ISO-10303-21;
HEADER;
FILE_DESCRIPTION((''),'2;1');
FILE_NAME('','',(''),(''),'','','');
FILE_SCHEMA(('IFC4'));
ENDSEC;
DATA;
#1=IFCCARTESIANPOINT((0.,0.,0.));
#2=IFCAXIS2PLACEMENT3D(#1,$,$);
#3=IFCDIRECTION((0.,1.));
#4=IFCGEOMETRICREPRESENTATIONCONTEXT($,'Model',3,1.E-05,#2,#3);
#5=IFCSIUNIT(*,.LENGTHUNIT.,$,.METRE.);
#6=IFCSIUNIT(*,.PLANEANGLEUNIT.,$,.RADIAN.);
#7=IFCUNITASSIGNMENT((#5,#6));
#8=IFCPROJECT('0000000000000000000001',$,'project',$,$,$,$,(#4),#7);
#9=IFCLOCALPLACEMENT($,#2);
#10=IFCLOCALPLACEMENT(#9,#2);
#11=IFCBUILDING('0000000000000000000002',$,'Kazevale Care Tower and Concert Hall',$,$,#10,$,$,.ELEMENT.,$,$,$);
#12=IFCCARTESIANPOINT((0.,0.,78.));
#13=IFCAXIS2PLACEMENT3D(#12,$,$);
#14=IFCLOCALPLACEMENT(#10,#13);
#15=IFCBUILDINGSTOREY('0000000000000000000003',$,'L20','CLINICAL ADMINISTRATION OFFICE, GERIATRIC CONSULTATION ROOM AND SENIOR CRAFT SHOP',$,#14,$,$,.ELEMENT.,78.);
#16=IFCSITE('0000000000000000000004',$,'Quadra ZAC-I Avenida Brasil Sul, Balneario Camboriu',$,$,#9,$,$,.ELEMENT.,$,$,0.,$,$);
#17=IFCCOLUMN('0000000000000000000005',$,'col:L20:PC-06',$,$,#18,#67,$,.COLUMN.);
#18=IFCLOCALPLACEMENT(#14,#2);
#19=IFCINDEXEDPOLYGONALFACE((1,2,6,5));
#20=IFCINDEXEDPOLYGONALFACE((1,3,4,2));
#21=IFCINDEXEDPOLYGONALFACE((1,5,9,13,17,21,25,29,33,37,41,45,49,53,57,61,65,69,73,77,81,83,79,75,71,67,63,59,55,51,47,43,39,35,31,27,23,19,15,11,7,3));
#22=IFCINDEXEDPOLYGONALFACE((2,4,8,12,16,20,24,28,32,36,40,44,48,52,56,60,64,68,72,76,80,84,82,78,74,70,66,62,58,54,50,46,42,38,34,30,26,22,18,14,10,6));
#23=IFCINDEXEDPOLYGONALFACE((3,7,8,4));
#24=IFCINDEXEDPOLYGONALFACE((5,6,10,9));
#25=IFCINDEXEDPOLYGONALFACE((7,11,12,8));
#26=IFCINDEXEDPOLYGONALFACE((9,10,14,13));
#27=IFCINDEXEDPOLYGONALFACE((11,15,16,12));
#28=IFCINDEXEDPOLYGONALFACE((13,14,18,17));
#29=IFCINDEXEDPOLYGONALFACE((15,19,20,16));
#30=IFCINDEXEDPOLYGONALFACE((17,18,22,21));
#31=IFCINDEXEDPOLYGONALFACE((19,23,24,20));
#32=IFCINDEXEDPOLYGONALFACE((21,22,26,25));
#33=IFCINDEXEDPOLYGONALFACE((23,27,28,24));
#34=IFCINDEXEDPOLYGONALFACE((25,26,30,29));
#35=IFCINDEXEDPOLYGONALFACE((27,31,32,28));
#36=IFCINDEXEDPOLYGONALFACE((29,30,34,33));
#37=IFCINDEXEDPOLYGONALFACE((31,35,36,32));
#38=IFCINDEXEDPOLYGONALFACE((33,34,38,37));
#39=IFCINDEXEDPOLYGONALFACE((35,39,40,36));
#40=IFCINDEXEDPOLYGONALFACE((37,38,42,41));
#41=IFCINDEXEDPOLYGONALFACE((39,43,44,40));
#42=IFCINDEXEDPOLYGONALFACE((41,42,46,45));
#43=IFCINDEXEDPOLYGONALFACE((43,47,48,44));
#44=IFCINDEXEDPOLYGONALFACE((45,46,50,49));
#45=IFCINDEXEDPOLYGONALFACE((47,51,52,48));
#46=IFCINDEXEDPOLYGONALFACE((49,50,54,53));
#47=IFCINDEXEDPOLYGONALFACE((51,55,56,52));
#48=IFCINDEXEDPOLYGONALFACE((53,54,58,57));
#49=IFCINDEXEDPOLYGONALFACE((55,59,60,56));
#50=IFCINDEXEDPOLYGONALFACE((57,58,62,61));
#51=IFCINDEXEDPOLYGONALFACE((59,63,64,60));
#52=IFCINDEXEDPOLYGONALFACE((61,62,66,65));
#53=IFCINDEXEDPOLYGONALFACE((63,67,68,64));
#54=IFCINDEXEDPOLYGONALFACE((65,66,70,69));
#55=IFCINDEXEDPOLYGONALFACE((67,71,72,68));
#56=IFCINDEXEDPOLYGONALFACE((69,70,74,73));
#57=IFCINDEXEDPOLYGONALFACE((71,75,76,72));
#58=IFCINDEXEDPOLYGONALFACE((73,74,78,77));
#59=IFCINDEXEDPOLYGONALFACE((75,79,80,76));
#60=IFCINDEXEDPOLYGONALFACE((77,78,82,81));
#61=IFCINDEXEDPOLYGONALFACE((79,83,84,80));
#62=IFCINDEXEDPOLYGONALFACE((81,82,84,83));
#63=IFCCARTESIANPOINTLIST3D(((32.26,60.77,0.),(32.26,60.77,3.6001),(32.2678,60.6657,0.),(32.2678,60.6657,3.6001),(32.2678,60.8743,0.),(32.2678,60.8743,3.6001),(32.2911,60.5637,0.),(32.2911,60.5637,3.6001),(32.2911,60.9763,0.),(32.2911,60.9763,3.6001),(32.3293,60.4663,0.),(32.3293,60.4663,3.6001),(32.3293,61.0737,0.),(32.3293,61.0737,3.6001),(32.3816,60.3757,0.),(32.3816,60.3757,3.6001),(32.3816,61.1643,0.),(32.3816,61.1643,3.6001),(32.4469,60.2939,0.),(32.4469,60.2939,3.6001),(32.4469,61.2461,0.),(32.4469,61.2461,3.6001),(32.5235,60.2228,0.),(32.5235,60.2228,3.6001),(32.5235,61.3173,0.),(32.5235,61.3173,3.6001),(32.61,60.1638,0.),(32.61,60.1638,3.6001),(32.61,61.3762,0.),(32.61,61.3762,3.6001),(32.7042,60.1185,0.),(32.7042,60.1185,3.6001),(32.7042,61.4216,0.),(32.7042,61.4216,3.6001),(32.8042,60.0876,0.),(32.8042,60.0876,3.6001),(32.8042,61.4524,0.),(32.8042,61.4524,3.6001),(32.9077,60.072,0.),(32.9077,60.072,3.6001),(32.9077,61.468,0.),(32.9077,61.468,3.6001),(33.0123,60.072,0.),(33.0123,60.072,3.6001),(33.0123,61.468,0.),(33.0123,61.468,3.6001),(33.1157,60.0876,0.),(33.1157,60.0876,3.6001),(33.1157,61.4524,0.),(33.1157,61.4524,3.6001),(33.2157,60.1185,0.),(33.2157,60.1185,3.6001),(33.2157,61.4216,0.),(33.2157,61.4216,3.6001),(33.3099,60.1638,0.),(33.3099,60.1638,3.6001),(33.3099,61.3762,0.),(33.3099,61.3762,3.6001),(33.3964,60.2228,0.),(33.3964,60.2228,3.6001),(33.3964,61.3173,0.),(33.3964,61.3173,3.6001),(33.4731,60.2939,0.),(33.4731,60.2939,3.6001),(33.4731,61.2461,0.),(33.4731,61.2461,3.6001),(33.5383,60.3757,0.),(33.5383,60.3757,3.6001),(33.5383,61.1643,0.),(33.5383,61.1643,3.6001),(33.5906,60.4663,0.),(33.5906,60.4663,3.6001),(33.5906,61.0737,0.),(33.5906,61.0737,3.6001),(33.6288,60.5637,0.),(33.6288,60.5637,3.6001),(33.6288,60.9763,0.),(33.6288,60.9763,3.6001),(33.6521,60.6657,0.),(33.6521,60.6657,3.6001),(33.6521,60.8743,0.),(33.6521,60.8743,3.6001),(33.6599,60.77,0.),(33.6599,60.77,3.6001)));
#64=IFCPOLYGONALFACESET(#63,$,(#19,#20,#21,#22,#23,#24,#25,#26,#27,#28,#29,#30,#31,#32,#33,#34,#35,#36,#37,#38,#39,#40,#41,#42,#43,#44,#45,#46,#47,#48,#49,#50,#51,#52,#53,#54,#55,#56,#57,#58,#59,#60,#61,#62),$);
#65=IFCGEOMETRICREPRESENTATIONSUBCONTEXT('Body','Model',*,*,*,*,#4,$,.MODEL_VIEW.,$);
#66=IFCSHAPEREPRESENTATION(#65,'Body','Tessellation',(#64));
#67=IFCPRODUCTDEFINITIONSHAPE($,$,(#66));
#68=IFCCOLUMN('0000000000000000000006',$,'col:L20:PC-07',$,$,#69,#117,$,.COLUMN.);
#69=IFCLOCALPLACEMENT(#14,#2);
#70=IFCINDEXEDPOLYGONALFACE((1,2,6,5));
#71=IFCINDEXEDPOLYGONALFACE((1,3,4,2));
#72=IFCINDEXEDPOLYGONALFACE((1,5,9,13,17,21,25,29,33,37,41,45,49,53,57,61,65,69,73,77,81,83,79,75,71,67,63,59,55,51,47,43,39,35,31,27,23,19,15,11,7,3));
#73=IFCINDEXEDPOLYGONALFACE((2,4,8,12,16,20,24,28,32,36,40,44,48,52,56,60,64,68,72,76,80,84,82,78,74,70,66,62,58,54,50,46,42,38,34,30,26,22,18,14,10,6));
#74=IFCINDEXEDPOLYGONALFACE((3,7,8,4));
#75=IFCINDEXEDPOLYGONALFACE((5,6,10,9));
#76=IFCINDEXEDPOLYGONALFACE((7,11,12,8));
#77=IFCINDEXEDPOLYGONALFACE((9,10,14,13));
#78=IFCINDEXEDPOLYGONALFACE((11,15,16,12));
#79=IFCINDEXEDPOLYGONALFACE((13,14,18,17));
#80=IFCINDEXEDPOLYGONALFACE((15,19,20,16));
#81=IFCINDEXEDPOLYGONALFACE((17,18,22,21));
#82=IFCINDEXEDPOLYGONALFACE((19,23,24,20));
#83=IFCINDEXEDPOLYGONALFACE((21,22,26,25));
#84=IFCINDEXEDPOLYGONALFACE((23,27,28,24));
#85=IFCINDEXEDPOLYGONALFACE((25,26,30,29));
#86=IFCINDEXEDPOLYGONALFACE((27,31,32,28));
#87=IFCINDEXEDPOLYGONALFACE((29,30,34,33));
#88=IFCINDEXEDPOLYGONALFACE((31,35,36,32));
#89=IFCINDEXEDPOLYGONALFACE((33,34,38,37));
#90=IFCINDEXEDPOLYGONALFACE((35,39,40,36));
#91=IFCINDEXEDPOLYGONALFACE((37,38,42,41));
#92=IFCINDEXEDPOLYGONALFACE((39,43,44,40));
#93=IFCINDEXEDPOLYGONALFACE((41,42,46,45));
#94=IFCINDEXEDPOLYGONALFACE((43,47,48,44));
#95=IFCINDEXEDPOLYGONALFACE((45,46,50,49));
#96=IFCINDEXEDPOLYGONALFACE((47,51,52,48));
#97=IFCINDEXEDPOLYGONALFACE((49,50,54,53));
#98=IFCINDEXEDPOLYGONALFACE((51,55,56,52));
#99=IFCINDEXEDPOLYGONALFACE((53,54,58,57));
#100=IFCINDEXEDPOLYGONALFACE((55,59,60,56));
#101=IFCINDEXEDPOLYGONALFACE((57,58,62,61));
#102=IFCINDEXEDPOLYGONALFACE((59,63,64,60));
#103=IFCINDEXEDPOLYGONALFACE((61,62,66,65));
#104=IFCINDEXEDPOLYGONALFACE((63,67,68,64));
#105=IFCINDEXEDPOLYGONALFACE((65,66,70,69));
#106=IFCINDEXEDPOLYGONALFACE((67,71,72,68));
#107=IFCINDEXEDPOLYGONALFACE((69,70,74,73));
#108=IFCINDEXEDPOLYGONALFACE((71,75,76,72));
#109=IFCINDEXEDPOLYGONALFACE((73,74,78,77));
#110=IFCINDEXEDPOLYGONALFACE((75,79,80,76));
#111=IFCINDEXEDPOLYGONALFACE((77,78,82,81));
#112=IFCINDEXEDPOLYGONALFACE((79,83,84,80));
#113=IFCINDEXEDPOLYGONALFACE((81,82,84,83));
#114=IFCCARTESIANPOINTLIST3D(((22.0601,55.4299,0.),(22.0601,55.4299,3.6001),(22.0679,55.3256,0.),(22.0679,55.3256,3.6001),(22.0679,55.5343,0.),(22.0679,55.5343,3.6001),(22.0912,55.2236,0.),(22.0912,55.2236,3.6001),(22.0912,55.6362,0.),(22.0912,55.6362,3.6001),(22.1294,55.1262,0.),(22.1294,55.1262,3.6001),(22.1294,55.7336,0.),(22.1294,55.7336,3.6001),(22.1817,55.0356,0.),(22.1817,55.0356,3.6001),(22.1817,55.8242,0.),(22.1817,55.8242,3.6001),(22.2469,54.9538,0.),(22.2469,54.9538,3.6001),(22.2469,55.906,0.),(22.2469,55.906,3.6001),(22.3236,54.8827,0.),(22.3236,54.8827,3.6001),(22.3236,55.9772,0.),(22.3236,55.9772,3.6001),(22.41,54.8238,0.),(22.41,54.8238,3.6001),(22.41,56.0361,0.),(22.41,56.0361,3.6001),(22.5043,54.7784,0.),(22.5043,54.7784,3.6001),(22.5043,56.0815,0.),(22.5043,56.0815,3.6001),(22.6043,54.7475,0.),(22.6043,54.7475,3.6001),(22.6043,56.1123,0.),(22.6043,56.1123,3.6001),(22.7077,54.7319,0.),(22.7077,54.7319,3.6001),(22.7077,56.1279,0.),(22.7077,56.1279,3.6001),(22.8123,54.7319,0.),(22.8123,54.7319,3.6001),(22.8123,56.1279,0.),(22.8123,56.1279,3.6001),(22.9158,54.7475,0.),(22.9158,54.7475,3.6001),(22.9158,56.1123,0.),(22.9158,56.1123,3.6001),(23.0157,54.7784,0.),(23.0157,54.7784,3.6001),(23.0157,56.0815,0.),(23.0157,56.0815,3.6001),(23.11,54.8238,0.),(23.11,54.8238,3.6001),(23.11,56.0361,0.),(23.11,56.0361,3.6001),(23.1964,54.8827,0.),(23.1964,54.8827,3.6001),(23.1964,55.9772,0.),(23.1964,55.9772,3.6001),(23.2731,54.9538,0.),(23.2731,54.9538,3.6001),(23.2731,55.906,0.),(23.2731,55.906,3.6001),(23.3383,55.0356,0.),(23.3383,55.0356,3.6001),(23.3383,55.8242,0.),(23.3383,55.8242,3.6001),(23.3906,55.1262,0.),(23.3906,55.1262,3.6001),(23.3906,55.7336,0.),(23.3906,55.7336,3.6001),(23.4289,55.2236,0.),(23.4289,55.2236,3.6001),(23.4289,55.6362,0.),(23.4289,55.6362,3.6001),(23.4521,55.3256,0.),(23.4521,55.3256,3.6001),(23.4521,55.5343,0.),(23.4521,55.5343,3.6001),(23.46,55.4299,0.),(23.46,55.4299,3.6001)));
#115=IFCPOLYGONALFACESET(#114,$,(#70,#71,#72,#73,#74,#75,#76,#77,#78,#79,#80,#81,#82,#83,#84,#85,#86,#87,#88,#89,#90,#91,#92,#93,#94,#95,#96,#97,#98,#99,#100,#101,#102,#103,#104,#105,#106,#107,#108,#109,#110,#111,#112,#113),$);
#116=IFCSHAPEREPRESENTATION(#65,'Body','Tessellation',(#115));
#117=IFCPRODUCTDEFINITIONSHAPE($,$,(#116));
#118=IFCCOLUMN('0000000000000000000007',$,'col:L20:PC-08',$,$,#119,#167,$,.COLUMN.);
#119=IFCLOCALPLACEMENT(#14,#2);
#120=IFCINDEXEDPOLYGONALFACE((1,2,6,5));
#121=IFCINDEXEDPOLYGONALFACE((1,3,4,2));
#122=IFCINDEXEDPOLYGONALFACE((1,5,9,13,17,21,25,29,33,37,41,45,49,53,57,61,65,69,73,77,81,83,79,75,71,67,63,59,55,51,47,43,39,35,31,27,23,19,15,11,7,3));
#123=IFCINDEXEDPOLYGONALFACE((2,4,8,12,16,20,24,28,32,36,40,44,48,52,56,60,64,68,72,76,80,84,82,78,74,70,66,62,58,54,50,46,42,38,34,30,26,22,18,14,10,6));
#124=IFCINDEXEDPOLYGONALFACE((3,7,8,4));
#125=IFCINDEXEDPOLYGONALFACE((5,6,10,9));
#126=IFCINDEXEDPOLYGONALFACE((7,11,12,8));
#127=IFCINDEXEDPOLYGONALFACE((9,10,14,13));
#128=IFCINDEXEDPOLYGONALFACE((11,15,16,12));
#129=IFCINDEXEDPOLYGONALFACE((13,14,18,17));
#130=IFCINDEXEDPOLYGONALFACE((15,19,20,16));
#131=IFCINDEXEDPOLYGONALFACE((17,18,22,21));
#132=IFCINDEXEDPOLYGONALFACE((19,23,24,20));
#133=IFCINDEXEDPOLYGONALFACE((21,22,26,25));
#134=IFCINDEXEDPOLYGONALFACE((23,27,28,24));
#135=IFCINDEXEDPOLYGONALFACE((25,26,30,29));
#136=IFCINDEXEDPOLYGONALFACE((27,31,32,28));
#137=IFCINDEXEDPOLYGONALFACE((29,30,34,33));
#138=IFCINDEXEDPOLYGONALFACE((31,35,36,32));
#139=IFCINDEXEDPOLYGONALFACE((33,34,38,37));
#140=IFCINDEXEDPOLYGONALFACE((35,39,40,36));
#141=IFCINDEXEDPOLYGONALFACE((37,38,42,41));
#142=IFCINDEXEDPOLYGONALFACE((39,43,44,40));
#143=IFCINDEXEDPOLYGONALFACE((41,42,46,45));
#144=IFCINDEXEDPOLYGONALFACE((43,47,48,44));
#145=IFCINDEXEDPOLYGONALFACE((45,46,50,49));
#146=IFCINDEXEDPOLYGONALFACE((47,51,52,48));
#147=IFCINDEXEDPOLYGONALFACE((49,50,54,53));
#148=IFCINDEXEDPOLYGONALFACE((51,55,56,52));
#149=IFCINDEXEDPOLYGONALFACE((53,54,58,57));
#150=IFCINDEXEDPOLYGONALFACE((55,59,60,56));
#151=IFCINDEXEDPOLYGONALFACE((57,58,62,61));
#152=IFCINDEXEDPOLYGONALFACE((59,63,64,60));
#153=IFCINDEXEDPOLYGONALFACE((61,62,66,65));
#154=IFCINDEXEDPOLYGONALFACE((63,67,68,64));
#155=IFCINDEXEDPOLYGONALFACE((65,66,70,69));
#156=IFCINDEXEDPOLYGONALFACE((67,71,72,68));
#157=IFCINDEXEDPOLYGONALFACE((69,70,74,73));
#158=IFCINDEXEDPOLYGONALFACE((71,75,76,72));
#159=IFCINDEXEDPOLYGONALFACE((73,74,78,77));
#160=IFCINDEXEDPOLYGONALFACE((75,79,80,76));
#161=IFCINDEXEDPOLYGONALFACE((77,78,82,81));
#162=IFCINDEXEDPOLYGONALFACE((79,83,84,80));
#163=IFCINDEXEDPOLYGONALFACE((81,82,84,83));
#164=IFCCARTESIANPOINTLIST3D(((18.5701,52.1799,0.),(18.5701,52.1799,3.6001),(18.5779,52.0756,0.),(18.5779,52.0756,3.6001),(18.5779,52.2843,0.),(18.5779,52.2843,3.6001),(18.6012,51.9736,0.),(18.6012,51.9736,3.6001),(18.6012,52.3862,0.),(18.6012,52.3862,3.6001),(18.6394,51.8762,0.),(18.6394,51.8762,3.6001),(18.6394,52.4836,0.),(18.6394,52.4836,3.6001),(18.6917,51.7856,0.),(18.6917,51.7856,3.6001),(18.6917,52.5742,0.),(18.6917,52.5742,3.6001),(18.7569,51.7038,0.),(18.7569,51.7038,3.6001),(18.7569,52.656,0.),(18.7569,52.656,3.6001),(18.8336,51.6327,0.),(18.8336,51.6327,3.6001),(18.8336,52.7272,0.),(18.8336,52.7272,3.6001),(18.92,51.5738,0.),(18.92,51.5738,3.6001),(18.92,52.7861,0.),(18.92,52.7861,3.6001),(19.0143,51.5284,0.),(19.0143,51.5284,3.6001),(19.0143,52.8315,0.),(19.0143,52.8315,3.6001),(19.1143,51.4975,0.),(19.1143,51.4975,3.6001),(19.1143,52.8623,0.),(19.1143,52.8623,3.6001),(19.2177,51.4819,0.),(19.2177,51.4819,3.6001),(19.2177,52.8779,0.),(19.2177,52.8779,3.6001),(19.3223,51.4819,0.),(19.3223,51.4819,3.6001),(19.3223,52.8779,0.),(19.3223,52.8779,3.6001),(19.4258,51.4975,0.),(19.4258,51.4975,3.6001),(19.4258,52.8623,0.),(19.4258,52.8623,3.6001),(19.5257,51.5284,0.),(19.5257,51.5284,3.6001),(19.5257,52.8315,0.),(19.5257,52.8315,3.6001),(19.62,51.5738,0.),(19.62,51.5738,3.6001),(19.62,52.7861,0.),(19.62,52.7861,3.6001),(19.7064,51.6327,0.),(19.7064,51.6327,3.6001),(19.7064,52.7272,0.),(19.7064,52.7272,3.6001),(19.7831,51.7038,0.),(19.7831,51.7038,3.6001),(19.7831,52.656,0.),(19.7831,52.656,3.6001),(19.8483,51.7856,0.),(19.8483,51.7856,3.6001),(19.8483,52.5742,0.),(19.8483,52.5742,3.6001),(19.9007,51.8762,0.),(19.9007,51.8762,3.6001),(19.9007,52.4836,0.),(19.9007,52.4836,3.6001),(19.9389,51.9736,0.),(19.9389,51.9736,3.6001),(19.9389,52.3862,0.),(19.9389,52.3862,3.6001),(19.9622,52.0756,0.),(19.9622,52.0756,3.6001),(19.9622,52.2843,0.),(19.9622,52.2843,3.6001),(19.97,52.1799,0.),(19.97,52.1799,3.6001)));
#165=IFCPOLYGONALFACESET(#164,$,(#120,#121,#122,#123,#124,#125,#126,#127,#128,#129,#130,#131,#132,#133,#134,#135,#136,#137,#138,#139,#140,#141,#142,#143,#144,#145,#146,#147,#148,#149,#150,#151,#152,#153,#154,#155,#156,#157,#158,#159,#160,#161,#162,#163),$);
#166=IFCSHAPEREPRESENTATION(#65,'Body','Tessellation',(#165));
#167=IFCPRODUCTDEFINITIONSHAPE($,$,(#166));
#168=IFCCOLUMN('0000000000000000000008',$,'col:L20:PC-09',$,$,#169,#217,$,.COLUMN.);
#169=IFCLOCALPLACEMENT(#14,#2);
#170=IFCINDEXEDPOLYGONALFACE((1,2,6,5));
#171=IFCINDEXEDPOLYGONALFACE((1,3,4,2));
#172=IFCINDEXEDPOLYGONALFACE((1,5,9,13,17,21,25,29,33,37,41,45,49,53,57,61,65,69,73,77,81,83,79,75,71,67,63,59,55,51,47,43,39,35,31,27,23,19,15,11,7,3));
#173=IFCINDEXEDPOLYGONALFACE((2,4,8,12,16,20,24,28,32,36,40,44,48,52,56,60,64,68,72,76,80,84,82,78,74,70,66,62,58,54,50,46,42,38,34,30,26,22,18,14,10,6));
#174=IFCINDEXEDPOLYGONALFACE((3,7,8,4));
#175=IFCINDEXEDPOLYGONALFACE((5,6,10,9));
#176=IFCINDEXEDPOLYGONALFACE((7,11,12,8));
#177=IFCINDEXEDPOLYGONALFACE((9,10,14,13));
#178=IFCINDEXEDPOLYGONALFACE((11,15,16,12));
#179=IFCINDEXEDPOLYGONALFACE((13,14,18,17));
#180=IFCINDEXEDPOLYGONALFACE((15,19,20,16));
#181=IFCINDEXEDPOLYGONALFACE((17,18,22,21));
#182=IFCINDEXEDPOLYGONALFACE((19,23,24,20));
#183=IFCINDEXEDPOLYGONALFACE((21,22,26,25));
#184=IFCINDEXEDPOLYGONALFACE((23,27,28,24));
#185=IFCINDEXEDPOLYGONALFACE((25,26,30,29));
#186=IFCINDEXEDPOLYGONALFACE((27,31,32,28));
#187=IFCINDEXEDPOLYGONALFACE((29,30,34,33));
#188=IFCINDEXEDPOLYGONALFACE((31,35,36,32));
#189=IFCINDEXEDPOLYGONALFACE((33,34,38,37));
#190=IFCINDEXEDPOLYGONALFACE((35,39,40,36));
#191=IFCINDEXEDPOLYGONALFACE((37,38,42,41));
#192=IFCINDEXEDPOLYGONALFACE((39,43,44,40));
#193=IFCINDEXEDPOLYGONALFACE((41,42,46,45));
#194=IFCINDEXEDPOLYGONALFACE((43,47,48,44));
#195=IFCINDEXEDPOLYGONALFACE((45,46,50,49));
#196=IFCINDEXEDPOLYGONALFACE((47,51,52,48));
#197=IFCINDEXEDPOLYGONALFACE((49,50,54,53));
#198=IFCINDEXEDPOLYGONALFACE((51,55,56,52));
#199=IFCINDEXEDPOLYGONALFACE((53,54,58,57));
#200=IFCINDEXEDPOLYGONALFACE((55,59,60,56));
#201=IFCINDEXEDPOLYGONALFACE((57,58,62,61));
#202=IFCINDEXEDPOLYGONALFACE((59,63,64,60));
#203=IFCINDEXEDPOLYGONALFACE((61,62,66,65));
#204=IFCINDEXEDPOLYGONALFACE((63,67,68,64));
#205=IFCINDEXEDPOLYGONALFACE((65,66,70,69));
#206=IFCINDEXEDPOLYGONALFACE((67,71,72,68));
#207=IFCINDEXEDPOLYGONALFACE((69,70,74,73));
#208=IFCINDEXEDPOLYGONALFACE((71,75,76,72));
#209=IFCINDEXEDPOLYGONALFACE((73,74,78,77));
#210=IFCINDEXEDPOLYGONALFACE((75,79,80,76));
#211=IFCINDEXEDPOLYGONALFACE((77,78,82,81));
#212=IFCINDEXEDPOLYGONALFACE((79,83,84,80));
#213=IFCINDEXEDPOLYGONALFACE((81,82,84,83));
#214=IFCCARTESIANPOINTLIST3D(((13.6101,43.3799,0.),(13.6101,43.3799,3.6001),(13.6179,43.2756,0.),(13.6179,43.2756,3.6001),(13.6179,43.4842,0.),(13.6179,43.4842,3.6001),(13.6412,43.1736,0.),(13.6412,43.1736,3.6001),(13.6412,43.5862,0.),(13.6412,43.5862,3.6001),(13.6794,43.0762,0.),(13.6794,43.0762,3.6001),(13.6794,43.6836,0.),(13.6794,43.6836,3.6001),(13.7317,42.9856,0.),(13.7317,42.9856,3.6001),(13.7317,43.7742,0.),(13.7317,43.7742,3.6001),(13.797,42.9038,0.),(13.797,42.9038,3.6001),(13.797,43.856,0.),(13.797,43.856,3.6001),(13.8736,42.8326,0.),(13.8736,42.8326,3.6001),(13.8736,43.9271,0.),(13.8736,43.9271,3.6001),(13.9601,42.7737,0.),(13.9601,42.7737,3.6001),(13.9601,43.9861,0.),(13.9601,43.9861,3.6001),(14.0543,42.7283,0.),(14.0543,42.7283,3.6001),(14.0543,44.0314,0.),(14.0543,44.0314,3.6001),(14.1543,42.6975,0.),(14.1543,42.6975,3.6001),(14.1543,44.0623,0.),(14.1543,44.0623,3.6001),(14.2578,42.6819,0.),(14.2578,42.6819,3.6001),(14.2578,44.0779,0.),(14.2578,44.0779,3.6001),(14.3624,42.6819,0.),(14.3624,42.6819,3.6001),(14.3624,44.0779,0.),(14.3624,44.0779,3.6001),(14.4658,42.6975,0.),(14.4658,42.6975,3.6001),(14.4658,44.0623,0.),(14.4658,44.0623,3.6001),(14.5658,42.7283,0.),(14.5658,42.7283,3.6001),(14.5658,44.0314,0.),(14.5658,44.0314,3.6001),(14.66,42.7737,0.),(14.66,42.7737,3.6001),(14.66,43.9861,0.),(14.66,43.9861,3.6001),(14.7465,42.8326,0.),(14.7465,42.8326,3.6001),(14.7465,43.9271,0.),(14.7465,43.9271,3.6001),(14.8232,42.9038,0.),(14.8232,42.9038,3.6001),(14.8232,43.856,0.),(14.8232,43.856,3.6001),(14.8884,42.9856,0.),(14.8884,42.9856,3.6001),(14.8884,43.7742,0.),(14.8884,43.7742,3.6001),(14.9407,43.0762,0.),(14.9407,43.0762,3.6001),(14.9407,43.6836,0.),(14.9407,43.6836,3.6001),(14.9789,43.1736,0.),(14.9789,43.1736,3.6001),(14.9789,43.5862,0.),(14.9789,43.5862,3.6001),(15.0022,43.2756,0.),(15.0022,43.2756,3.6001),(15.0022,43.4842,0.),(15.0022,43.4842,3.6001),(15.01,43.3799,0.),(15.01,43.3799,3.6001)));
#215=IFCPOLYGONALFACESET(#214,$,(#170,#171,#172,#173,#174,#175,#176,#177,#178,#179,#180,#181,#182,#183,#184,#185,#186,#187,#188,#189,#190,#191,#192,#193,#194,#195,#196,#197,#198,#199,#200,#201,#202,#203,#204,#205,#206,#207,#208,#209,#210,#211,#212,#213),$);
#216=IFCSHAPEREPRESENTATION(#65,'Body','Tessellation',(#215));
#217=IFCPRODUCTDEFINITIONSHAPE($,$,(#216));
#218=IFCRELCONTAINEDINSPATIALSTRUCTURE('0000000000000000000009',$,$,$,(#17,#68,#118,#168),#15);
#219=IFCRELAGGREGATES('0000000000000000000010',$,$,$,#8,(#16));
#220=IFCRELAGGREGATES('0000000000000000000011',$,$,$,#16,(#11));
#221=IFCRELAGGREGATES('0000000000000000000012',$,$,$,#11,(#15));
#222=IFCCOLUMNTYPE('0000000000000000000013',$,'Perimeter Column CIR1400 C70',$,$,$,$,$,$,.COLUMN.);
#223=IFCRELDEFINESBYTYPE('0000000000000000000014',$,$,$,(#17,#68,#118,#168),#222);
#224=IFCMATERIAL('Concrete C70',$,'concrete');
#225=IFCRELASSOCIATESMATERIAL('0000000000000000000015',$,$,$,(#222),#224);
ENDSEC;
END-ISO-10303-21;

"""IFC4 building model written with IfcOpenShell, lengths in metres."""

from ifc_helpers import new_model, si_unit, direction, frame, origin, origin_2d, place, context, subcontext, project, spatial, circle, extrude, material, material_profile, profile_set, type_object, element, save


model = new_model("IFC4")

# Units and contexts
model_context = context("Model", 3, precision=1e-05, world=origin(), true_north=direction((0.0, 1.0)))
body_context = subcontext(model_context, "Body", "Model", "MODEL_VIEW")
ifc_project = project(units=[si_unit("LENGTHUNIT", "METRE"), si_unit("PLANEANGLEUNIT", "RADIAN")], contexts=[model_context])

# Site, building, storey
site_placement = place(None, origin())
site = spatial("IfcSite", under=ifc_project, at=site_placement, Name="Quadra ZAC-I Avenida Brasil Sul, Balneario Camboriu", CompositionType="ELEMENT", RefElevation=0.0)
building_placement = place(site_placement, origin())
building = spatial("IfcBuilding", under=site, at=building_placement, Name="Kazevale Care Tower and Concert Hall", CompositionType="ELEMENT")
storey_placement = place(building_placement, frame((0.0, 0.0, 78.0)))
storey = spatial("IfcBuildingStorey", under=building, at=storey_placement, Name="L20", Description="CLINICAL ADMINISTRATION OFFICE, GERIATRIC CONSULTATION ROOM AND SENIOR CRAFT SHOP", CompositionType="ELEMENT", Elevation=78.0)

# Columns
ifc_material_1 = material(Name="Concrete C70", Category="concrete")
ifc_material_profile_1 = material_profile(ifc_material_1, circle(Radius=0.7, at=origin_2d()), Name="RC-CIR1400")
ifc_profile_set_1 = profile_set([ifc_material_profile_1], Name="Concrete C70")
column_type = type_object("IfcColumnType", Name="Perimeter Column CIR1400 C70", PredefinedType="COLUMN", material=ifc_profile_set_1)
for number, where, z_axis, x_axis, name in (
    (1, (32.96, 60.77, 0.0), (0.0, 0.0, 1.0), (1.0, 0.0, 0.0), "col:L20:PC-06"),
    (2, (22.76, 55.4299, 0.0), (0.0, 0.0, 1.0), (1.0, 0.0, 0.0), "col:L20:PC-07"),
    (3, (19.27, 52.1799, 0.0), (0.0, 0.0, 1.0), (1.0, 0.0, 0.0), "col:L20:PC-08"),
    (4, (14.3101, 43.3799, 0.0), (0.0, 0.0, 1.0), (1.0, 0.0, 0.0), "col:L20:PC-09"),
):
    element("IfcColumn", number, at=place(storey_placement, frame(where, z_axis=z_axis, x_axis=x_axis)), inside=storey, type_object=column_type, Name=name, PredefinedType="COLUMN", context=body_context, shape_type="SweptSolid", body=[
        extrude(circle(Radius=0.7, at=origin_2d()), origin(), (0.0, 0.0, 1.0), 3.6001),
    ])

save(model, "model.ifc")
